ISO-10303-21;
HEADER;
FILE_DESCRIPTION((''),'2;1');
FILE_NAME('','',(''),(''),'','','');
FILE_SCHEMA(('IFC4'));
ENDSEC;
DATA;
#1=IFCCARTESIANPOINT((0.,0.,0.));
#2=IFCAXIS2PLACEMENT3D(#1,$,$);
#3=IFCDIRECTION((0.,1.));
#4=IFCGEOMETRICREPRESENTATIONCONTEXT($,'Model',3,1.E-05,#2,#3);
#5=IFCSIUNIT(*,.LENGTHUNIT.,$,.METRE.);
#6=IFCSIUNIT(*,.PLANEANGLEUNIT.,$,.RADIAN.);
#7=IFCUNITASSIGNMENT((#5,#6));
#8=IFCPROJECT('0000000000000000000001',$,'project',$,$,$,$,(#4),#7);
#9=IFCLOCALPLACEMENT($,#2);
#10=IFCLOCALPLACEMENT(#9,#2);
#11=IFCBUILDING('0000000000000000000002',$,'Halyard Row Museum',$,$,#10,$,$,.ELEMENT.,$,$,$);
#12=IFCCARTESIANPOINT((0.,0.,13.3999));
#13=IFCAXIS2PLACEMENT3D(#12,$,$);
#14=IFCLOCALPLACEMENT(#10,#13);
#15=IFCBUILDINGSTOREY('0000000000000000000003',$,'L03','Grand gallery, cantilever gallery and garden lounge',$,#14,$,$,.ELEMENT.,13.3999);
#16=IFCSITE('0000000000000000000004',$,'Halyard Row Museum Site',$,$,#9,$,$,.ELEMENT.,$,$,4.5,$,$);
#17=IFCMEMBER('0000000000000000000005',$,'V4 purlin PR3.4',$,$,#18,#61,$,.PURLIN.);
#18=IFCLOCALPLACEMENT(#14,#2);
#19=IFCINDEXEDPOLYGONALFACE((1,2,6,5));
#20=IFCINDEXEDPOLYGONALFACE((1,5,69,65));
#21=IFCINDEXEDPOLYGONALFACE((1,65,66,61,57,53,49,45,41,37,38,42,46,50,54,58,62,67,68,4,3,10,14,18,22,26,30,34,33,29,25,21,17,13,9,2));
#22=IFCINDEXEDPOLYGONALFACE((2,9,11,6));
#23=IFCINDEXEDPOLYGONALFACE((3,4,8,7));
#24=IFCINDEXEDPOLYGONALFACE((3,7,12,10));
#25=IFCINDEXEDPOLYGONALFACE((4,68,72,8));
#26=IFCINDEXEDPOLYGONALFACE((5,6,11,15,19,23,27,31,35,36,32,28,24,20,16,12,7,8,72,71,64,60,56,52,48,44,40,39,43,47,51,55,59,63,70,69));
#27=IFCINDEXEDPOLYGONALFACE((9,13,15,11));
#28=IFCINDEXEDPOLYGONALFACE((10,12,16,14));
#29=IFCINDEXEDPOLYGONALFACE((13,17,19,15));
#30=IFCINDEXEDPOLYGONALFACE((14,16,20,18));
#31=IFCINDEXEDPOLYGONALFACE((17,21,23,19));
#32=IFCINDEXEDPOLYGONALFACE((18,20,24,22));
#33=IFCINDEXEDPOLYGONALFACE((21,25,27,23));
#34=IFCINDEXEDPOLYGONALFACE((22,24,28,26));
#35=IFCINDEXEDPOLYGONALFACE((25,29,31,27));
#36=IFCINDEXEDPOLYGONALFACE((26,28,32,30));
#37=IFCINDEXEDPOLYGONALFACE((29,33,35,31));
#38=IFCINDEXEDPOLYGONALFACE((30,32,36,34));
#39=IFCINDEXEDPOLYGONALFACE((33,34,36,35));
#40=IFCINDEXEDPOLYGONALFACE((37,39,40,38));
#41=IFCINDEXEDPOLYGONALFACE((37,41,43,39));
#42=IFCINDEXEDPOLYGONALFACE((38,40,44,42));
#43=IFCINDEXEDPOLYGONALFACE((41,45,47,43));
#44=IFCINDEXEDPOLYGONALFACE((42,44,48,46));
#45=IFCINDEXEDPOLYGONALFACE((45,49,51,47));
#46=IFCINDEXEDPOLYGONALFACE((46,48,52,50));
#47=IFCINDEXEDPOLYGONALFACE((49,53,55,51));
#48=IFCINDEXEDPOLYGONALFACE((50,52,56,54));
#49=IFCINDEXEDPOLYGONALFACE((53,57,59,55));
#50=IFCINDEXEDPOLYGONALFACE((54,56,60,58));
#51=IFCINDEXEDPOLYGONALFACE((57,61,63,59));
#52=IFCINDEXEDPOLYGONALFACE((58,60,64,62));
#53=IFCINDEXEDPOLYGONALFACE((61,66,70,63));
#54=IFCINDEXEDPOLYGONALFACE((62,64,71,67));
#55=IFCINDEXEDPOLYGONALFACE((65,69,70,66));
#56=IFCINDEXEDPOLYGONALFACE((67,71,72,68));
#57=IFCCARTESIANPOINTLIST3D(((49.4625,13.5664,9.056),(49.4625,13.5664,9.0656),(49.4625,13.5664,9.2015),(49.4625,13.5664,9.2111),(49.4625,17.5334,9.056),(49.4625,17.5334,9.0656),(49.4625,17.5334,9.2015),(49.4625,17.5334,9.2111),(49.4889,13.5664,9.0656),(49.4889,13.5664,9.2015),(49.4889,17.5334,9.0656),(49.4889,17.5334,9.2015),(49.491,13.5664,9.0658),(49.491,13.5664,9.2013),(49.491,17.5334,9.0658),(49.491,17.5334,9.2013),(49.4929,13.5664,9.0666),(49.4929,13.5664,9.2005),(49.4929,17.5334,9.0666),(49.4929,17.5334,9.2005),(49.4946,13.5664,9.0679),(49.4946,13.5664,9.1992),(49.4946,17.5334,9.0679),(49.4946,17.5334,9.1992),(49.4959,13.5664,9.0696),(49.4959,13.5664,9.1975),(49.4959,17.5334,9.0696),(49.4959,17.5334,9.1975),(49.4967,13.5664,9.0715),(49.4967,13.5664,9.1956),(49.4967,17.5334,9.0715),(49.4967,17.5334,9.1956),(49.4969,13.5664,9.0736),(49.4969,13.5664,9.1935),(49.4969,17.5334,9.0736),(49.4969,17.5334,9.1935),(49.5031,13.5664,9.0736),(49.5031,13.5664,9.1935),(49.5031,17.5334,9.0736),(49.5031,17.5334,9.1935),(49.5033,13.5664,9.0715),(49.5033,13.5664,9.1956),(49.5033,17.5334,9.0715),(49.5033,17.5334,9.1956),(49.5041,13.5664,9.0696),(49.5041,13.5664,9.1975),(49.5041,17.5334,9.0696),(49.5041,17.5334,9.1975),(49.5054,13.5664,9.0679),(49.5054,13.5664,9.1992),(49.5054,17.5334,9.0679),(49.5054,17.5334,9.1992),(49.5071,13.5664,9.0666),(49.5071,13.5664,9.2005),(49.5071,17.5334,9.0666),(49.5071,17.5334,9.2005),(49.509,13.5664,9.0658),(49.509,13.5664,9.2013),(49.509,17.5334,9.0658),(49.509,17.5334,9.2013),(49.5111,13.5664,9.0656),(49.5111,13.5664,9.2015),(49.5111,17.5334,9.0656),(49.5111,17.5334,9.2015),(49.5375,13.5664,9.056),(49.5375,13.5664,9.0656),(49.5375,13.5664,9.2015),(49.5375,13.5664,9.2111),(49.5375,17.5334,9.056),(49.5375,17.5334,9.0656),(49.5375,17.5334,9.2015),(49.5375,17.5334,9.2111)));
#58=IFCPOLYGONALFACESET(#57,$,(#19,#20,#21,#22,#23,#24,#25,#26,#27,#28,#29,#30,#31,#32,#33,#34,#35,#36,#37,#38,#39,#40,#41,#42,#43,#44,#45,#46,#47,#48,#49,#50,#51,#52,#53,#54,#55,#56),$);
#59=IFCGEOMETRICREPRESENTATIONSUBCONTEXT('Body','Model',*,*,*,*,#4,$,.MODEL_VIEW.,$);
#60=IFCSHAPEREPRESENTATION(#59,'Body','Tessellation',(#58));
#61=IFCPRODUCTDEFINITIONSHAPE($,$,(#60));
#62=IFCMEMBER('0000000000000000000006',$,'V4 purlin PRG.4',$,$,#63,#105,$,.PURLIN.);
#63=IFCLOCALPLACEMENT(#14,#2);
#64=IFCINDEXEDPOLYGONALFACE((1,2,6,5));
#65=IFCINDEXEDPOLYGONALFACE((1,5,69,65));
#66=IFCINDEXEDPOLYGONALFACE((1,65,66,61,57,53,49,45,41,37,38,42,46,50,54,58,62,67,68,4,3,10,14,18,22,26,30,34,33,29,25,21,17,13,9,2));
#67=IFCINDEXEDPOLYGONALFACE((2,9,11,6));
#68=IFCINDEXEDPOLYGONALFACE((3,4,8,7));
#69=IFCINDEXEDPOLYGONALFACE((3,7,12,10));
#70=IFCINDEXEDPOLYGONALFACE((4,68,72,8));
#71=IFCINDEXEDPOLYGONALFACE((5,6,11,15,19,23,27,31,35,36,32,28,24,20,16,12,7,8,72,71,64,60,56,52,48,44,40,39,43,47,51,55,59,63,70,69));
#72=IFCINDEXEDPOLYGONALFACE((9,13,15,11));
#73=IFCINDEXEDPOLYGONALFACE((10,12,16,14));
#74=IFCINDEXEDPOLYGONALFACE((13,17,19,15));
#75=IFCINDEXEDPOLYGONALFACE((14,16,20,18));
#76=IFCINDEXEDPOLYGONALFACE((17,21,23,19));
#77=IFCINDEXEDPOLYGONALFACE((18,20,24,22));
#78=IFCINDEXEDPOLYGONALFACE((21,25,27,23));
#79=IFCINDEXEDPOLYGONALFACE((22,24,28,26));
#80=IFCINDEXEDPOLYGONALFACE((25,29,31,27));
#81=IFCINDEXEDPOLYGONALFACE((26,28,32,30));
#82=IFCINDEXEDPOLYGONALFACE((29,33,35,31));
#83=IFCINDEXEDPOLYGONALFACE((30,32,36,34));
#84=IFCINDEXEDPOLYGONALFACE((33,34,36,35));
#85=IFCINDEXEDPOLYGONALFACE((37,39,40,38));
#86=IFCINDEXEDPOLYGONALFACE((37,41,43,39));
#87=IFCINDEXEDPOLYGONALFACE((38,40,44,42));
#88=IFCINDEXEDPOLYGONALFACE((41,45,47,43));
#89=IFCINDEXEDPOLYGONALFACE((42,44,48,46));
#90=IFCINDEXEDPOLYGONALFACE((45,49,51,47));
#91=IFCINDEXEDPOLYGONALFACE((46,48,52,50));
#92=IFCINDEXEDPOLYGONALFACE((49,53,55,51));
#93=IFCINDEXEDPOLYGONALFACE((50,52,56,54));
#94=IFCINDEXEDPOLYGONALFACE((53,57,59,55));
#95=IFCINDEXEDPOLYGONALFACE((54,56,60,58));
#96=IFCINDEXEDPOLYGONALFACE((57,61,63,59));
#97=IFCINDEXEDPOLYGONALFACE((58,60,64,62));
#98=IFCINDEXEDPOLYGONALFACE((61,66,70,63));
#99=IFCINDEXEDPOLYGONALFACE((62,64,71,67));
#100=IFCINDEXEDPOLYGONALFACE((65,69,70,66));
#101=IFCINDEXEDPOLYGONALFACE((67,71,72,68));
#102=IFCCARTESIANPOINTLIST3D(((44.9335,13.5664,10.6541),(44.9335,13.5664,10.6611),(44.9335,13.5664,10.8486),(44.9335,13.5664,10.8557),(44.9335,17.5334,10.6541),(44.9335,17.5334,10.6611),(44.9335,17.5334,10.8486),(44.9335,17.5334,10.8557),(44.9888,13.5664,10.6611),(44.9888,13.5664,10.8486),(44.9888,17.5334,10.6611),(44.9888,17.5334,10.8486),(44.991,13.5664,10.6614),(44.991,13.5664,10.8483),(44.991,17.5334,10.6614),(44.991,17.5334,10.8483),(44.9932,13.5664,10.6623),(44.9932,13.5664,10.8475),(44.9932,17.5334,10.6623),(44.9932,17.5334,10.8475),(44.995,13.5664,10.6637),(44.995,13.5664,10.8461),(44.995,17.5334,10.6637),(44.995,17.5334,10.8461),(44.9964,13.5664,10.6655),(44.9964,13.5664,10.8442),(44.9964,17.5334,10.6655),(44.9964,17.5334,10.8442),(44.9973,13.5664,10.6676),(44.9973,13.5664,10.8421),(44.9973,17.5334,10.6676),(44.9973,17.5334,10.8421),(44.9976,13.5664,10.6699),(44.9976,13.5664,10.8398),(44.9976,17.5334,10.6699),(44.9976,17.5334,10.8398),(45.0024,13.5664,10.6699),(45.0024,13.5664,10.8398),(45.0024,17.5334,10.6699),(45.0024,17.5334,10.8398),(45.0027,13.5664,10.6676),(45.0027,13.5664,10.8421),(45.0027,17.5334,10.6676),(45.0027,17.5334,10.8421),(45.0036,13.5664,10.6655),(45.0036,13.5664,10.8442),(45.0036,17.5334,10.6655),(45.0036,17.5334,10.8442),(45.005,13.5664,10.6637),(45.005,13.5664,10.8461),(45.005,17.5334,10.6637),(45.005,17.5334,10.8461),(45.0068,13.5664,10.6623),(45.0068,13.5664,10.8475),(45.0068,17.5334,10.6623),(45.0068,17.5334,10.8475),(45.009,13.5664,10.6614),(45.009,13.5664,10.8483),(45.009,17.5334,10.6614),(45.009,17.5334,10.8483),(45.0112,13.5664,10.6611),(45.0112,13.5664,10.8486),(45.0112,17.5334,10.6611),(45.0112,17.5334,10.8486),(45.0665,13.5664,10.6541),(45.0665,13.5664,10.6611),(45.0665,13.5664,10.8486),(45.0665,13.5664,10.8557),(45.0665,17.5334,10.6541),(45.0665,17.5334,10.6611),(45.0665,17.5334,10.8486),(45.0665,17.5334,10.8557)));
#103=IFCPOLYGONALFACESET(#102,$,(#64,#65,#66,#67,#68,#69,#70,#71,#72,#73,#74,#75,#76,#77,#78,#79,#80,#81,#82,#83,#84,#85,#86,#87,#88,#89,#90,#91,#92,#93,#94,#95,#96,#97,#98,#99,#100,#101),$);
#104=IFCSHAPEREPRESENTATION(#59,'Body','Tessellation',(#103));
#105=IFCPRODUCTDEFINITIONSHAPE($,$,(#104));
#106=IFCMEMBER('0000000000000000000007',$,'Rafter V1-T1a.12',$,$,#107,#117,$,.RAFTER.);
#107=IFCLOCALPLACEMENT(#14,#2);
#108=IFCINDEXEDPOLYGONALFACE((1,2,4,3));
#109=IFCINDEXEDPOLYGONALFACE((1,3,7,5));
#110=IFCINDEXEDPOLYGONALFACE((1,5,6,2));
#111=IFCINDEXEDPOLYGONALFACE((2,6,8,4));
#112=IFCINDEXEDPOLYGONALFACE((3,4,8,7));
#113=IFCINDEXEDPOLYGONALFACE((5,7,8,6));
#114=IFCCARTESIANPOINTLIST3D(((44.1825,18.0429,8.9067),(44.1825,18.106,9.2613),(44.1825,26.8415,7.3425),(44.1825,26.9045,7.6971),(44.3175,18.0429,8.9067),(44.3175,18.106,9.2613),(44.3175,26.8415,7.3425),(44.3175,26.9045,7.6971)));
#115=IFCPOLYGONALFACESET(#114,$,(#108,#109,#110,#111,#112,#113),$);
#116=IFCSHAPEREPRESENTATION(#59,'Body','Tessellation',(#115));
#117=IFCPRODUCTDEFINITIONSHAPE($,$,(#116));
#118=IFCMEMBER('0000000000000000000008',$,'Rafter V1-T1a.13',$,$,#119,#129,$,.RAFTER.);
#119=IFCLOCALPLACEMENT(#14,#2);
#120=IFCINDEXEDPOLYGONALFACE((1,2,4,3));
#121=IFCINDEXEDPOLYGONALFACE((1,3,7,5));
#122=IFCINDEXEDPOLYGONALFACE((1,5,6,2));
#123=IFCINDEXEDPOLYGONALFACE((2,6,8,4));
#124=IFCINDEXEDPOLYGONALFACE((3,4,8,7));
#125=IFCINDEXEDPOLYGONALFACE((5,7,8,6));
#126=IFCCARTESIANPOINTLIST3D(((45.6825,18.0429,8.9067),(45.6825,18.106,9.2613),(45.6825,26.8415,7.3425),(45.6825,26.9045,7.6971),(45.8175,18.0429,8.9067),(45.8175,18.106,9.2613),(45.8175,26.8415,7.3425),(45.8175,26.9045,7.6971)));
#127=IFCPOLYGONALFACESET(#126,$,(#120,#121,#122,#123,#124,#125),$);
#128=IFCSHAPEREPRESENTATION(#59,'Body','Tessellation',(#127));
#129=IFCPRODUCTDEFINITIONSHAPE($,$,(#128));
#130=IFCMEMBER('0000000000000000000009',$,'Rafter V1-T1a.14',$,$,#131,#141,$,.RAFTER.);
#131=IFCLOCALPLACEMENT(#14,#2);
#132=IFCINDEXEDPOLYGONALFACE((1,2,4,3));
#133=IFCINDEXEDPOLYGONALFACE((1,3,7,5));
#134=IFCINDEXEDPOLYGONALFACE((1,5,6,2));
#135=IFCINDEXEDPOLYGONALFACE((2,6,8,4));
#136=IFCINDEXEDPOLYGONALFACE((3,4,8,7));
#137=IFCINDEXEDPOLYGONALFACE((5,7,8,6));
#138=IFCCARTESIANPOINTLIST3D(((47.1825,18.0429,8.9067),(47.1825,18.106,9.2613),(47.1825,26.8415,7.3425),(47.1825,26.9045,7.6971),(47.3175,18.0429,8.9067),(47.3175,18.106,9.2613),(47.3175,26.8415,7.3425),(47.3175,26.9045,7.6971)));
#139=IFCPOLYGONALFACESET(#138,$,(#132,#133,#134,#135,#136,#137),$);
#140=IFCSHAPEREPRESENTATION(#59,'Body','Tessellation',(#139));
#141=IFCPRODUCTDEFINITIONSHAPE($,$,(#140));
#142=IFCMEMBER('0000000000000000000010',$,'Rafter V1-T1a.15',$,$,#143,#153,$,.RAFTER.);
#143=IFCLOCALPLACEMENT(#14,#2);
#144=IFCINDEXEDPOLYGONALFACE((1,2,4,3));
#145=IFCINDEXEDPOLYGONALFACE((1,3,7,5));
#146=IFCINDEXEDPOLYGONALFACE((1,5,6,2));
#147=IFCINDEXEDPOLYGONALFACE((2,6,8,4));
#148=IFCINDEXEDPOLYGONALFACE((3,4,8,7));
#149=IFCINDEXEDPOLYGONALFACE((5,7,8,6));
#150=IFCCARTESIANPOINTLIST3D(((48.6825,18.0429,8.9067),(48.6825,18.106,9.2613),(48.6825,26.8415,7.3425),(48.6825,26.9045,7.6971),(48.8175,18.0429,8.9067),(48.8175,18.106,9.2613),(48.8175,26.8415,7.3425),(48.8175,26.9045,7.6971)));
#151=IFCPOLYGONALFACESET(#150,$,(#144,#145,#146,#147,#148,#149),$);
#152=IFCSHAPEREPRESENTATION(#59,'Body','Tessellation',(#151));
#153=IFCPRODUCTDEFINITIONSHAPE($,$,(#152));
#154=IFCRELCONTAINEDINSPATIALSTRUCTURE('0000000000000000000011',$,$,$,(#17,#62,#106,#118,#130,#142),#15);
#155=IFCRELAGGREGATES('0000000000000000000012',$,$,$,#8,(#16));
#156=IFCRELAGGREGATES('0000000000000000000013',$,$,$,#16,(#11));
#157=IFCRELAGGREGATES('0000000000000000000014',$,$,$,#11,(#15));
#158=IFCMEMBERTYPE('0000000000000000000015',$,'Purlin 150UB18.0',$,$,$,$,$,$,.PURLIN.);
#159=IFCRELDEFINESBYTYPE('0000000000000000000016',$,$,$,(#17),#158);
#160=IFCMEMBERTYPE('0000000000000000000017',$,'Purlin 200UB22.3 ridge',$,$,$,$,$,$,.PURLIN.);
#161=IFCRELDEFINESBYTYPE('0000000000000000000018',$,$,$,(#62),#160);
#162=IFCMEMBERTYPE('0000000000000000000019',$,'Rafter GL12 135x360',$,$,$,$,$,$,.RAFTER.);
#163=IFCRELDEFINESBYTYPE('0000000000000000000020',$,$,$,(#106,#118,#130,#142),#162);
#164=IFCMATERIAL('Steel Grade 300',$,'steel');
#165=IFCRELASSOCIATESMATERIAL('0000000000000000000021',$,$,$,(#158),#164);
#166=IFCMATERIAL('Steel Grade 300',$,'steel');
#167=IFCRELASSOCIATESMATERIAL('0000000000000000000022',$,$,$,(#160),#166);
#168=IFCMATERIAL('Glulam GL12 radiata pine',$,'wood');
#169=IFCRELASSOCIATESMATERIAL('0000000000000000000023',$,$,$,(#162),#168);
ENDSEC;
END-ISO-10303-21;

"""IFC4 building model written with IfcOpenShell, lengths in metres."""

from ifc_helpers import new_model, si_unit, direction, frame, origin, origin_2d, place, context, subcontext, project, spatial, rectangle, i_section, extrude, material, material_profile, profile_set, type_object, element, save


model = new_model("IFC4")

# Units and contexts
model_context = context("Model", 3, precision=1e-05, world=origin(), true_north=direction((0.0, 1.0)))
body_context = subcontext(model_context, "Body", "Model", "MODEL_VIEW")
ifc_project = project(units=[si_unit("LENGTHUNIT", "METRE"), si_unit("PLANEANGLEUNIT", "RADIAN")], contexts=[model_context])

# Site, building, storey
site_placement = place(None, origin())
site = spatial("IfcSite", under=ifc_project, at=site_placement, Name="Halyard Row Museum Site", CompositionType="ELEMENT", RefElevation=4.5)
building_placement = place(site_placement, origin())
building = spatial("IfcBuilding", under=site, at=building_placement, Name="Halyard Row Museum", CompositionType="ELEMENT")
storey_placement = place(building_placement, frame((0.0, 0.0, 13.3999)))
storey = spatial("IfcBuildingStorey", under=building, at=storey_placement, Name="L03", Description="Grand gallery, cantilever gallery and garden lounge", CompositionType="ELEMENT", Elevation=13.3999)

# Members
ifc_material_1 = material(Name="Steel Grade 300", Category="steel")
ifc_material_profile_1 = material_profile(ifc_material_1, i_section(OverallWidth=0.075, OverallDepth=0.155, WebThickness=0.0061, FlangeThickness=0.0095, FilletRadius=0.0081, at=origin_2d()), Name="150UB18.0")
ifc_profile_set_1 = profile_set([ifc_material_profile_1], Name="Steel Grade 300")
member_type_1 = type_object("IfcMemberType", Name="Purlin 150UB18.0", PredefinedType="PURLIN", material=ifc_profile_set_1)
member_1_placement = place(storey_placement, frame((49.5, 13.5664, 9.1335), z_axis=(0.0, 1.0, 0.0), x_axis=(-1.0, 0.0, 0.0)))
element("IfcMember", 1, at=member_1_placement, inside=storey, type_object=member_type_1, Name="V4 purlin PR3.4", PredefinedType="PURLIN", context=body_context, shape_type="SweptSolid", body=[
    extrude(i_section(OverallWidth=0.075, OverallDepth=0.155, WebThickness=0.0061, FlangeThickness=0.0095, FilletRadius=0.0081, at=origin_2d()), origin(), (0.0, 0.0, 1.0), 3.967),
])
ifc_material_2 = material(Name="Steel Grade 300", Category="steel")
ifc_material_profile_2 = material_profile(ifc_material_2, i_section(OverallWidth=0.1331, OverallDepth=0.2017, WebThickness=0.0049, FlangeThickness=0.0071, FilletRadius=0.0088, at=origin_2d()), Name="200UB22.3")
ifc_profile_set_2 = profile_set([ifc_material_profile_2], Name="Steel Grade 300")
member_type_2 = type_object("IfcMemberType", Name="Purlin 200UB22.3 ridge", PredefinedType="PURLIN", material=ifc_profile_set_2)
member_2_placement = place(storey_placement, frame((45.0, 13.5664, 10.7549), z_axis=(0.0, 1.0, 0.0), x_axis=(-1.0, 0.0, 0.0)))
element("IfcMember", 2, at=member_2_placement, inside=storey, type_object=member_type_2, Name="V4 purlin PRG.4", PredefinedType="PURLIN", context=body_context, shape_type="SweptSolid", body=[
    extrude(i_section(OverallWidth=0.1331, OverallDepth=0.2017, WebThickness=0.0049, FlangeThickness=0.0071, FilletRadius=0.0088, at=origin_2d()), origin(), (0.0, 0.0, 1.0), 3.967),
])
ifc_material_3 = material(Name="Glulam GL12 radiata pine", Category="wood")
ifc_material_profile_3 = material_profile(ifc_material_3, rectangle(XDim=0.135, YDim=0.3601, at=origin_2d()), Name="GL12 135x360")
ifc_profile_set_3 = profile_set([ifc_material_profile_3], Name="Glulam GL12 radiata pine")
member_type_3 = type_object("IfcMemberType", Name="Rafter GL12 135x360", PredefinedType="RAFTER", material=ifc_profile_set_3)
for number, where, z_axis, x_axis, name in (
    (3, (44.25, 18.0745, 9.084), (0.0, 0.984562, -0.175035), (-1.0, 0.0, 0.0), "Rafter V1-T1a.12"),
    (4, (45.75, 18.0745, 9.084), (0.0, 0.984562, -0.175035), (-1.0, 0.0, 0.0), "Rafter V1-T1a.13"),
    (5, (47.25, 18.0745, 9.084), (0.0, 0.984562, -0.175035), (-1.0, 0.0, 0.0), "Rafter V1-T1a.14"),
    (6, (48.75, 18.0745, 9.084), (0.0, 0.984562, -0.175035), (-1.0, 0.0, 0.0), "Rafter V1-T1a.15"),
):
    element("IfcMember", number, at=place(storey_placement, frame(where, z_axis=z_axis, x_axis=x_axis)), inside=storey, type_object=member_type_3, Name=name, PredefinedType="RAFTER", context=body_context, shape_type="SweptSolid", body=[
        extrude(rectangle(XDim=0.135, YDim=0.3601, at=origin_2d()), origin(), (0.0, 0.0, 1.0), 8.9365),
    ])

save(model, "model.ifc")
